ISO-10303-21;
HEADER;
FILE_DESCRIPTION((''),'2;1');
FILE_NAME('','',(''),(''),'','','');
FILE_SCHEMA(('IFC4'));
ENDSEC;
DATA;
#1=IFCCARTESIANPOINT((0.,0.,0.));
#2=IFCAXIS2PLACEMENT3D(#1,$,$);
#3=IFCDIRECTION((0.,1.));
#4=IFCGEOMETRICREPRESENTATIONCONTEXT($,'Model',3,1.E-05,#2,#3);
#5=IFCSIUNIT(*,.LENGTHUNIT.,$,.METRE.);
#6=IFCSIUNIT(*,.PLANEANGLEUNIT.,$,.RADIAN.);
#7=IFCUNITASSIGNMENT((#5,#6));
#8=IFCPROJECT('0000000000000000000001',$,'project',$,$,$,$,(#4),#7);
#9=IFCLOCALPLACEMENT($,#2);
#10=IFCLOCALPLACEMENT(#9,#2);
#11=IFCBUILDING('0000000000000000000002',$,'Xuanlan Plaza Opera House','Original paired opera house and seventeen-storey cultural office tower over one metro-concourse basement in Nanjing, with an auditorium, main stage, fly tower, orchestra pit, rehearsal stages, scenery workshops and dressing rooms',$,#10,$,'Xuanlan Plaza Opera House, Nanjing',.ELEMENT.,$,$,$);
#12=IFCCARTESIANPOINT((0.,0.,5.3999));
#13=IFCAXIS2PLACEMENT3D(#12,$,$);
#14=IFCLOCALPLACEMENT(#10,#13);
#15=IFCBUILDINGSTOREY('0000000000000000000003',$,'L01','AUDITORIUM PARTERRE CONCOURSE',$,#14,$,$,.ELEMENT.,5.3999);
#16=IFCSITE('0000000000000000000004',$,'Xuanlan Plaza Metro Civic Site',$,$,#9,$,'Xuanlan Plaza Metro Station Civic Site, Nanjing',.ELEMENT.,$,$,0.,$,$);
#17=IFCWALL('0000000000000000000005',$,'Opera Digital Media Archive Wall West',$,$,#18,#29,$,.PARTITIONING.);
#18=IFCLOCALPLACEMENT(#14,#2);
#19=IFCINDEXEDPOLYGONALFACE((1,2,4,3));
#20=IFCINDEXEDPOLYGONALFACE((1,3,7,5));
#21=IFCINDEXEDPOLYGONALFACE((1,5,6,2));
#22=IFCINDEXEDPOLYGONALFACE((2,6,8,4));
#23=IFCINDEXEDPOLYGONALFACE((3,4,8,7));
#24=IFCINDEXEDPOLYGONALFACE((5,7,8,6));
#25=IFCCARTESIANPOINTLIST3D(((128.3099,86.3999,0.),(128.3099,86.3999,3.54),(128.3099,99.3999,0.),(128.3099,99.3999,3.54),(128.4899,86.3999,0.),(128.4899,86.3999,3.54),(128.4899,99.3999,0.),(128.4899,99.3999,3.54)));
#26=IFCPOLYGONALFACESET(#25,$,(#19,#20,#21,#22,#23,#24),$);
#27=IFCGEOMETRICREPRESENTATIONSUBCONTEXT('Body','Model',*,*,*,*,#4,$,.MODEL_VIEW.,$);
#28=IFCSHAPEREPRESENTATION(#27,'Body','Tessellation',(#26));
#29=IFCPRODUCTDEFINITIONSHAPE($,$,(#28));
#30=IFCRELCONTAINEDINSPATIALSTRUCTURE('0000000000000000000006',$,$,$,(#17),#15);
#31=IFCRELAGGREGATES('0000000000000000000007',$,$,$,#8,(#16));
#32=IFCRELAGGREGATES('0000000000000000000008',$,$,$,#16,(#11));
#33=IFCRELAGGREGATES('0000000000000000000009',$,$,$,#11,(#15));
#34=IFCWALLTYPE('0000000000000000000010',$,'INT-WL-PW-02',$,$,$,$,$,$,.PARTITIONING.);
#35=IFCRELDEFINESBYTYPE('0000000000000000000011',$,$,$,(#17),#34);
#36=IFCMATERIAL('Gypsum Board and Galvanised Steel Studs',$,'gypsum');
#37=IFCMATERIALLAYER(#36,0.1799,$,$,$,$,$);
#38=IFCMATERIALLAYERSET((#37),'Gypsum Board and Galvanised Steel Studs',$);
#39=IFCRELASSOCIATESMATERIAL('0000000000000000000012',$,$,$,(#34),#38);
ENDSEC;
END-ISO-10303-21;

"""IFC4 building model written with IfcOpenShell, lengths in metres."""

from ifc_helpers import new_model, si_unit, direction, frame, frame_2d, origin, place, context, subcontext, project, spatial, rectangle, extrude, material, layer, layer_set, type_object, element, save


model = new_model("IFC4")

# Units and contexts
model_context = context("Model", 3, precision=1e-05, world=origin(), true_north=direction((0.0, 1.0)))
body_context = subcontext(model_context, "Body", "Model", "MODEL_VIEW")
ifc_project = project(units=[si_unit("LENGTHUNIT", "METRE"), si_unit("PLANEANGLEUNIT", "RADIAN")], contexts=[model_context])

# Site, building, storey
site_placement = place(None, origin())
site = spatial("IfcSite", under=ifc_project, at=site_placement, Name="Xuanlan Plaza Metro Civic Site", LongName="Xuanlan Plaza Metro Station Civic Site, Nanjing", CompositionType="ELEMENT", RefElevation=0.0)
building_placement = place(site_placement, origin())
building = spatial("IfcBuilding", under=site, at=building_placement, Name="Xuanlan Plaza Opera House", Description="Original paired opera house and seventeen-storey cultural office tower over one metro-concourse basement in Nanjing, with an auditorium, main stage, fly tower, orchestra pit, rehearsal stages, scenery workshops and dressing rooms", LongName="Xuanlan Plaza Opera House, Nanjing", CompositionType="ELEMENT")
storey_placement = place(building_placement, frame((0.0, 0.0, 5.3999)))
storey = spatial("IfcBuildingStorey", under=building, at=storey_placement, Name="L01", Description="AUDITORIUM PARTERRE CONCOURSE", CompositionType="ELEMENT", Elevation=5.3999)

# Shared definitions
ifc_material_1 = material(Name="Gypsum Board and Galvanised Steel Studs", Category="gypsum")
ifc_layer_1 = layer(ifc_material_1, 0.1799)
ifc_layer_set_1 = layer_set([ifc_layer_1], Name="Gypsum Board and Galvanised Steel Studs")
wall_type = type_object("IfcWallType", Name="INT-WL-PW-02", PredefinedType="PARTITIONING", material=ifc_layer_set_1)

# Wall
wall_1_placement = place(storey_placement, frame((128.3999, 86.3999, 0.0), z_axis=(0.0, 0.0, 1.0), x_axis=(0.0, 1.0, 0.0)))
element("IfcWall", 1, at=wall_1_placement, inside=storey, type_object=wall_type, Name="Opera Digital Media Archive Wall West", PredefinedType="PARTITIONING", context=body_context, shape_type="SweptSolid", body=[
    extrude(rectangle(XDim=13.0, YDim=0.1799, at=frame_2d((6.5, 0.0))), origin(), (0.0, 0.0, 1.0), 3.54),
])

save(model, "model.ifc")
